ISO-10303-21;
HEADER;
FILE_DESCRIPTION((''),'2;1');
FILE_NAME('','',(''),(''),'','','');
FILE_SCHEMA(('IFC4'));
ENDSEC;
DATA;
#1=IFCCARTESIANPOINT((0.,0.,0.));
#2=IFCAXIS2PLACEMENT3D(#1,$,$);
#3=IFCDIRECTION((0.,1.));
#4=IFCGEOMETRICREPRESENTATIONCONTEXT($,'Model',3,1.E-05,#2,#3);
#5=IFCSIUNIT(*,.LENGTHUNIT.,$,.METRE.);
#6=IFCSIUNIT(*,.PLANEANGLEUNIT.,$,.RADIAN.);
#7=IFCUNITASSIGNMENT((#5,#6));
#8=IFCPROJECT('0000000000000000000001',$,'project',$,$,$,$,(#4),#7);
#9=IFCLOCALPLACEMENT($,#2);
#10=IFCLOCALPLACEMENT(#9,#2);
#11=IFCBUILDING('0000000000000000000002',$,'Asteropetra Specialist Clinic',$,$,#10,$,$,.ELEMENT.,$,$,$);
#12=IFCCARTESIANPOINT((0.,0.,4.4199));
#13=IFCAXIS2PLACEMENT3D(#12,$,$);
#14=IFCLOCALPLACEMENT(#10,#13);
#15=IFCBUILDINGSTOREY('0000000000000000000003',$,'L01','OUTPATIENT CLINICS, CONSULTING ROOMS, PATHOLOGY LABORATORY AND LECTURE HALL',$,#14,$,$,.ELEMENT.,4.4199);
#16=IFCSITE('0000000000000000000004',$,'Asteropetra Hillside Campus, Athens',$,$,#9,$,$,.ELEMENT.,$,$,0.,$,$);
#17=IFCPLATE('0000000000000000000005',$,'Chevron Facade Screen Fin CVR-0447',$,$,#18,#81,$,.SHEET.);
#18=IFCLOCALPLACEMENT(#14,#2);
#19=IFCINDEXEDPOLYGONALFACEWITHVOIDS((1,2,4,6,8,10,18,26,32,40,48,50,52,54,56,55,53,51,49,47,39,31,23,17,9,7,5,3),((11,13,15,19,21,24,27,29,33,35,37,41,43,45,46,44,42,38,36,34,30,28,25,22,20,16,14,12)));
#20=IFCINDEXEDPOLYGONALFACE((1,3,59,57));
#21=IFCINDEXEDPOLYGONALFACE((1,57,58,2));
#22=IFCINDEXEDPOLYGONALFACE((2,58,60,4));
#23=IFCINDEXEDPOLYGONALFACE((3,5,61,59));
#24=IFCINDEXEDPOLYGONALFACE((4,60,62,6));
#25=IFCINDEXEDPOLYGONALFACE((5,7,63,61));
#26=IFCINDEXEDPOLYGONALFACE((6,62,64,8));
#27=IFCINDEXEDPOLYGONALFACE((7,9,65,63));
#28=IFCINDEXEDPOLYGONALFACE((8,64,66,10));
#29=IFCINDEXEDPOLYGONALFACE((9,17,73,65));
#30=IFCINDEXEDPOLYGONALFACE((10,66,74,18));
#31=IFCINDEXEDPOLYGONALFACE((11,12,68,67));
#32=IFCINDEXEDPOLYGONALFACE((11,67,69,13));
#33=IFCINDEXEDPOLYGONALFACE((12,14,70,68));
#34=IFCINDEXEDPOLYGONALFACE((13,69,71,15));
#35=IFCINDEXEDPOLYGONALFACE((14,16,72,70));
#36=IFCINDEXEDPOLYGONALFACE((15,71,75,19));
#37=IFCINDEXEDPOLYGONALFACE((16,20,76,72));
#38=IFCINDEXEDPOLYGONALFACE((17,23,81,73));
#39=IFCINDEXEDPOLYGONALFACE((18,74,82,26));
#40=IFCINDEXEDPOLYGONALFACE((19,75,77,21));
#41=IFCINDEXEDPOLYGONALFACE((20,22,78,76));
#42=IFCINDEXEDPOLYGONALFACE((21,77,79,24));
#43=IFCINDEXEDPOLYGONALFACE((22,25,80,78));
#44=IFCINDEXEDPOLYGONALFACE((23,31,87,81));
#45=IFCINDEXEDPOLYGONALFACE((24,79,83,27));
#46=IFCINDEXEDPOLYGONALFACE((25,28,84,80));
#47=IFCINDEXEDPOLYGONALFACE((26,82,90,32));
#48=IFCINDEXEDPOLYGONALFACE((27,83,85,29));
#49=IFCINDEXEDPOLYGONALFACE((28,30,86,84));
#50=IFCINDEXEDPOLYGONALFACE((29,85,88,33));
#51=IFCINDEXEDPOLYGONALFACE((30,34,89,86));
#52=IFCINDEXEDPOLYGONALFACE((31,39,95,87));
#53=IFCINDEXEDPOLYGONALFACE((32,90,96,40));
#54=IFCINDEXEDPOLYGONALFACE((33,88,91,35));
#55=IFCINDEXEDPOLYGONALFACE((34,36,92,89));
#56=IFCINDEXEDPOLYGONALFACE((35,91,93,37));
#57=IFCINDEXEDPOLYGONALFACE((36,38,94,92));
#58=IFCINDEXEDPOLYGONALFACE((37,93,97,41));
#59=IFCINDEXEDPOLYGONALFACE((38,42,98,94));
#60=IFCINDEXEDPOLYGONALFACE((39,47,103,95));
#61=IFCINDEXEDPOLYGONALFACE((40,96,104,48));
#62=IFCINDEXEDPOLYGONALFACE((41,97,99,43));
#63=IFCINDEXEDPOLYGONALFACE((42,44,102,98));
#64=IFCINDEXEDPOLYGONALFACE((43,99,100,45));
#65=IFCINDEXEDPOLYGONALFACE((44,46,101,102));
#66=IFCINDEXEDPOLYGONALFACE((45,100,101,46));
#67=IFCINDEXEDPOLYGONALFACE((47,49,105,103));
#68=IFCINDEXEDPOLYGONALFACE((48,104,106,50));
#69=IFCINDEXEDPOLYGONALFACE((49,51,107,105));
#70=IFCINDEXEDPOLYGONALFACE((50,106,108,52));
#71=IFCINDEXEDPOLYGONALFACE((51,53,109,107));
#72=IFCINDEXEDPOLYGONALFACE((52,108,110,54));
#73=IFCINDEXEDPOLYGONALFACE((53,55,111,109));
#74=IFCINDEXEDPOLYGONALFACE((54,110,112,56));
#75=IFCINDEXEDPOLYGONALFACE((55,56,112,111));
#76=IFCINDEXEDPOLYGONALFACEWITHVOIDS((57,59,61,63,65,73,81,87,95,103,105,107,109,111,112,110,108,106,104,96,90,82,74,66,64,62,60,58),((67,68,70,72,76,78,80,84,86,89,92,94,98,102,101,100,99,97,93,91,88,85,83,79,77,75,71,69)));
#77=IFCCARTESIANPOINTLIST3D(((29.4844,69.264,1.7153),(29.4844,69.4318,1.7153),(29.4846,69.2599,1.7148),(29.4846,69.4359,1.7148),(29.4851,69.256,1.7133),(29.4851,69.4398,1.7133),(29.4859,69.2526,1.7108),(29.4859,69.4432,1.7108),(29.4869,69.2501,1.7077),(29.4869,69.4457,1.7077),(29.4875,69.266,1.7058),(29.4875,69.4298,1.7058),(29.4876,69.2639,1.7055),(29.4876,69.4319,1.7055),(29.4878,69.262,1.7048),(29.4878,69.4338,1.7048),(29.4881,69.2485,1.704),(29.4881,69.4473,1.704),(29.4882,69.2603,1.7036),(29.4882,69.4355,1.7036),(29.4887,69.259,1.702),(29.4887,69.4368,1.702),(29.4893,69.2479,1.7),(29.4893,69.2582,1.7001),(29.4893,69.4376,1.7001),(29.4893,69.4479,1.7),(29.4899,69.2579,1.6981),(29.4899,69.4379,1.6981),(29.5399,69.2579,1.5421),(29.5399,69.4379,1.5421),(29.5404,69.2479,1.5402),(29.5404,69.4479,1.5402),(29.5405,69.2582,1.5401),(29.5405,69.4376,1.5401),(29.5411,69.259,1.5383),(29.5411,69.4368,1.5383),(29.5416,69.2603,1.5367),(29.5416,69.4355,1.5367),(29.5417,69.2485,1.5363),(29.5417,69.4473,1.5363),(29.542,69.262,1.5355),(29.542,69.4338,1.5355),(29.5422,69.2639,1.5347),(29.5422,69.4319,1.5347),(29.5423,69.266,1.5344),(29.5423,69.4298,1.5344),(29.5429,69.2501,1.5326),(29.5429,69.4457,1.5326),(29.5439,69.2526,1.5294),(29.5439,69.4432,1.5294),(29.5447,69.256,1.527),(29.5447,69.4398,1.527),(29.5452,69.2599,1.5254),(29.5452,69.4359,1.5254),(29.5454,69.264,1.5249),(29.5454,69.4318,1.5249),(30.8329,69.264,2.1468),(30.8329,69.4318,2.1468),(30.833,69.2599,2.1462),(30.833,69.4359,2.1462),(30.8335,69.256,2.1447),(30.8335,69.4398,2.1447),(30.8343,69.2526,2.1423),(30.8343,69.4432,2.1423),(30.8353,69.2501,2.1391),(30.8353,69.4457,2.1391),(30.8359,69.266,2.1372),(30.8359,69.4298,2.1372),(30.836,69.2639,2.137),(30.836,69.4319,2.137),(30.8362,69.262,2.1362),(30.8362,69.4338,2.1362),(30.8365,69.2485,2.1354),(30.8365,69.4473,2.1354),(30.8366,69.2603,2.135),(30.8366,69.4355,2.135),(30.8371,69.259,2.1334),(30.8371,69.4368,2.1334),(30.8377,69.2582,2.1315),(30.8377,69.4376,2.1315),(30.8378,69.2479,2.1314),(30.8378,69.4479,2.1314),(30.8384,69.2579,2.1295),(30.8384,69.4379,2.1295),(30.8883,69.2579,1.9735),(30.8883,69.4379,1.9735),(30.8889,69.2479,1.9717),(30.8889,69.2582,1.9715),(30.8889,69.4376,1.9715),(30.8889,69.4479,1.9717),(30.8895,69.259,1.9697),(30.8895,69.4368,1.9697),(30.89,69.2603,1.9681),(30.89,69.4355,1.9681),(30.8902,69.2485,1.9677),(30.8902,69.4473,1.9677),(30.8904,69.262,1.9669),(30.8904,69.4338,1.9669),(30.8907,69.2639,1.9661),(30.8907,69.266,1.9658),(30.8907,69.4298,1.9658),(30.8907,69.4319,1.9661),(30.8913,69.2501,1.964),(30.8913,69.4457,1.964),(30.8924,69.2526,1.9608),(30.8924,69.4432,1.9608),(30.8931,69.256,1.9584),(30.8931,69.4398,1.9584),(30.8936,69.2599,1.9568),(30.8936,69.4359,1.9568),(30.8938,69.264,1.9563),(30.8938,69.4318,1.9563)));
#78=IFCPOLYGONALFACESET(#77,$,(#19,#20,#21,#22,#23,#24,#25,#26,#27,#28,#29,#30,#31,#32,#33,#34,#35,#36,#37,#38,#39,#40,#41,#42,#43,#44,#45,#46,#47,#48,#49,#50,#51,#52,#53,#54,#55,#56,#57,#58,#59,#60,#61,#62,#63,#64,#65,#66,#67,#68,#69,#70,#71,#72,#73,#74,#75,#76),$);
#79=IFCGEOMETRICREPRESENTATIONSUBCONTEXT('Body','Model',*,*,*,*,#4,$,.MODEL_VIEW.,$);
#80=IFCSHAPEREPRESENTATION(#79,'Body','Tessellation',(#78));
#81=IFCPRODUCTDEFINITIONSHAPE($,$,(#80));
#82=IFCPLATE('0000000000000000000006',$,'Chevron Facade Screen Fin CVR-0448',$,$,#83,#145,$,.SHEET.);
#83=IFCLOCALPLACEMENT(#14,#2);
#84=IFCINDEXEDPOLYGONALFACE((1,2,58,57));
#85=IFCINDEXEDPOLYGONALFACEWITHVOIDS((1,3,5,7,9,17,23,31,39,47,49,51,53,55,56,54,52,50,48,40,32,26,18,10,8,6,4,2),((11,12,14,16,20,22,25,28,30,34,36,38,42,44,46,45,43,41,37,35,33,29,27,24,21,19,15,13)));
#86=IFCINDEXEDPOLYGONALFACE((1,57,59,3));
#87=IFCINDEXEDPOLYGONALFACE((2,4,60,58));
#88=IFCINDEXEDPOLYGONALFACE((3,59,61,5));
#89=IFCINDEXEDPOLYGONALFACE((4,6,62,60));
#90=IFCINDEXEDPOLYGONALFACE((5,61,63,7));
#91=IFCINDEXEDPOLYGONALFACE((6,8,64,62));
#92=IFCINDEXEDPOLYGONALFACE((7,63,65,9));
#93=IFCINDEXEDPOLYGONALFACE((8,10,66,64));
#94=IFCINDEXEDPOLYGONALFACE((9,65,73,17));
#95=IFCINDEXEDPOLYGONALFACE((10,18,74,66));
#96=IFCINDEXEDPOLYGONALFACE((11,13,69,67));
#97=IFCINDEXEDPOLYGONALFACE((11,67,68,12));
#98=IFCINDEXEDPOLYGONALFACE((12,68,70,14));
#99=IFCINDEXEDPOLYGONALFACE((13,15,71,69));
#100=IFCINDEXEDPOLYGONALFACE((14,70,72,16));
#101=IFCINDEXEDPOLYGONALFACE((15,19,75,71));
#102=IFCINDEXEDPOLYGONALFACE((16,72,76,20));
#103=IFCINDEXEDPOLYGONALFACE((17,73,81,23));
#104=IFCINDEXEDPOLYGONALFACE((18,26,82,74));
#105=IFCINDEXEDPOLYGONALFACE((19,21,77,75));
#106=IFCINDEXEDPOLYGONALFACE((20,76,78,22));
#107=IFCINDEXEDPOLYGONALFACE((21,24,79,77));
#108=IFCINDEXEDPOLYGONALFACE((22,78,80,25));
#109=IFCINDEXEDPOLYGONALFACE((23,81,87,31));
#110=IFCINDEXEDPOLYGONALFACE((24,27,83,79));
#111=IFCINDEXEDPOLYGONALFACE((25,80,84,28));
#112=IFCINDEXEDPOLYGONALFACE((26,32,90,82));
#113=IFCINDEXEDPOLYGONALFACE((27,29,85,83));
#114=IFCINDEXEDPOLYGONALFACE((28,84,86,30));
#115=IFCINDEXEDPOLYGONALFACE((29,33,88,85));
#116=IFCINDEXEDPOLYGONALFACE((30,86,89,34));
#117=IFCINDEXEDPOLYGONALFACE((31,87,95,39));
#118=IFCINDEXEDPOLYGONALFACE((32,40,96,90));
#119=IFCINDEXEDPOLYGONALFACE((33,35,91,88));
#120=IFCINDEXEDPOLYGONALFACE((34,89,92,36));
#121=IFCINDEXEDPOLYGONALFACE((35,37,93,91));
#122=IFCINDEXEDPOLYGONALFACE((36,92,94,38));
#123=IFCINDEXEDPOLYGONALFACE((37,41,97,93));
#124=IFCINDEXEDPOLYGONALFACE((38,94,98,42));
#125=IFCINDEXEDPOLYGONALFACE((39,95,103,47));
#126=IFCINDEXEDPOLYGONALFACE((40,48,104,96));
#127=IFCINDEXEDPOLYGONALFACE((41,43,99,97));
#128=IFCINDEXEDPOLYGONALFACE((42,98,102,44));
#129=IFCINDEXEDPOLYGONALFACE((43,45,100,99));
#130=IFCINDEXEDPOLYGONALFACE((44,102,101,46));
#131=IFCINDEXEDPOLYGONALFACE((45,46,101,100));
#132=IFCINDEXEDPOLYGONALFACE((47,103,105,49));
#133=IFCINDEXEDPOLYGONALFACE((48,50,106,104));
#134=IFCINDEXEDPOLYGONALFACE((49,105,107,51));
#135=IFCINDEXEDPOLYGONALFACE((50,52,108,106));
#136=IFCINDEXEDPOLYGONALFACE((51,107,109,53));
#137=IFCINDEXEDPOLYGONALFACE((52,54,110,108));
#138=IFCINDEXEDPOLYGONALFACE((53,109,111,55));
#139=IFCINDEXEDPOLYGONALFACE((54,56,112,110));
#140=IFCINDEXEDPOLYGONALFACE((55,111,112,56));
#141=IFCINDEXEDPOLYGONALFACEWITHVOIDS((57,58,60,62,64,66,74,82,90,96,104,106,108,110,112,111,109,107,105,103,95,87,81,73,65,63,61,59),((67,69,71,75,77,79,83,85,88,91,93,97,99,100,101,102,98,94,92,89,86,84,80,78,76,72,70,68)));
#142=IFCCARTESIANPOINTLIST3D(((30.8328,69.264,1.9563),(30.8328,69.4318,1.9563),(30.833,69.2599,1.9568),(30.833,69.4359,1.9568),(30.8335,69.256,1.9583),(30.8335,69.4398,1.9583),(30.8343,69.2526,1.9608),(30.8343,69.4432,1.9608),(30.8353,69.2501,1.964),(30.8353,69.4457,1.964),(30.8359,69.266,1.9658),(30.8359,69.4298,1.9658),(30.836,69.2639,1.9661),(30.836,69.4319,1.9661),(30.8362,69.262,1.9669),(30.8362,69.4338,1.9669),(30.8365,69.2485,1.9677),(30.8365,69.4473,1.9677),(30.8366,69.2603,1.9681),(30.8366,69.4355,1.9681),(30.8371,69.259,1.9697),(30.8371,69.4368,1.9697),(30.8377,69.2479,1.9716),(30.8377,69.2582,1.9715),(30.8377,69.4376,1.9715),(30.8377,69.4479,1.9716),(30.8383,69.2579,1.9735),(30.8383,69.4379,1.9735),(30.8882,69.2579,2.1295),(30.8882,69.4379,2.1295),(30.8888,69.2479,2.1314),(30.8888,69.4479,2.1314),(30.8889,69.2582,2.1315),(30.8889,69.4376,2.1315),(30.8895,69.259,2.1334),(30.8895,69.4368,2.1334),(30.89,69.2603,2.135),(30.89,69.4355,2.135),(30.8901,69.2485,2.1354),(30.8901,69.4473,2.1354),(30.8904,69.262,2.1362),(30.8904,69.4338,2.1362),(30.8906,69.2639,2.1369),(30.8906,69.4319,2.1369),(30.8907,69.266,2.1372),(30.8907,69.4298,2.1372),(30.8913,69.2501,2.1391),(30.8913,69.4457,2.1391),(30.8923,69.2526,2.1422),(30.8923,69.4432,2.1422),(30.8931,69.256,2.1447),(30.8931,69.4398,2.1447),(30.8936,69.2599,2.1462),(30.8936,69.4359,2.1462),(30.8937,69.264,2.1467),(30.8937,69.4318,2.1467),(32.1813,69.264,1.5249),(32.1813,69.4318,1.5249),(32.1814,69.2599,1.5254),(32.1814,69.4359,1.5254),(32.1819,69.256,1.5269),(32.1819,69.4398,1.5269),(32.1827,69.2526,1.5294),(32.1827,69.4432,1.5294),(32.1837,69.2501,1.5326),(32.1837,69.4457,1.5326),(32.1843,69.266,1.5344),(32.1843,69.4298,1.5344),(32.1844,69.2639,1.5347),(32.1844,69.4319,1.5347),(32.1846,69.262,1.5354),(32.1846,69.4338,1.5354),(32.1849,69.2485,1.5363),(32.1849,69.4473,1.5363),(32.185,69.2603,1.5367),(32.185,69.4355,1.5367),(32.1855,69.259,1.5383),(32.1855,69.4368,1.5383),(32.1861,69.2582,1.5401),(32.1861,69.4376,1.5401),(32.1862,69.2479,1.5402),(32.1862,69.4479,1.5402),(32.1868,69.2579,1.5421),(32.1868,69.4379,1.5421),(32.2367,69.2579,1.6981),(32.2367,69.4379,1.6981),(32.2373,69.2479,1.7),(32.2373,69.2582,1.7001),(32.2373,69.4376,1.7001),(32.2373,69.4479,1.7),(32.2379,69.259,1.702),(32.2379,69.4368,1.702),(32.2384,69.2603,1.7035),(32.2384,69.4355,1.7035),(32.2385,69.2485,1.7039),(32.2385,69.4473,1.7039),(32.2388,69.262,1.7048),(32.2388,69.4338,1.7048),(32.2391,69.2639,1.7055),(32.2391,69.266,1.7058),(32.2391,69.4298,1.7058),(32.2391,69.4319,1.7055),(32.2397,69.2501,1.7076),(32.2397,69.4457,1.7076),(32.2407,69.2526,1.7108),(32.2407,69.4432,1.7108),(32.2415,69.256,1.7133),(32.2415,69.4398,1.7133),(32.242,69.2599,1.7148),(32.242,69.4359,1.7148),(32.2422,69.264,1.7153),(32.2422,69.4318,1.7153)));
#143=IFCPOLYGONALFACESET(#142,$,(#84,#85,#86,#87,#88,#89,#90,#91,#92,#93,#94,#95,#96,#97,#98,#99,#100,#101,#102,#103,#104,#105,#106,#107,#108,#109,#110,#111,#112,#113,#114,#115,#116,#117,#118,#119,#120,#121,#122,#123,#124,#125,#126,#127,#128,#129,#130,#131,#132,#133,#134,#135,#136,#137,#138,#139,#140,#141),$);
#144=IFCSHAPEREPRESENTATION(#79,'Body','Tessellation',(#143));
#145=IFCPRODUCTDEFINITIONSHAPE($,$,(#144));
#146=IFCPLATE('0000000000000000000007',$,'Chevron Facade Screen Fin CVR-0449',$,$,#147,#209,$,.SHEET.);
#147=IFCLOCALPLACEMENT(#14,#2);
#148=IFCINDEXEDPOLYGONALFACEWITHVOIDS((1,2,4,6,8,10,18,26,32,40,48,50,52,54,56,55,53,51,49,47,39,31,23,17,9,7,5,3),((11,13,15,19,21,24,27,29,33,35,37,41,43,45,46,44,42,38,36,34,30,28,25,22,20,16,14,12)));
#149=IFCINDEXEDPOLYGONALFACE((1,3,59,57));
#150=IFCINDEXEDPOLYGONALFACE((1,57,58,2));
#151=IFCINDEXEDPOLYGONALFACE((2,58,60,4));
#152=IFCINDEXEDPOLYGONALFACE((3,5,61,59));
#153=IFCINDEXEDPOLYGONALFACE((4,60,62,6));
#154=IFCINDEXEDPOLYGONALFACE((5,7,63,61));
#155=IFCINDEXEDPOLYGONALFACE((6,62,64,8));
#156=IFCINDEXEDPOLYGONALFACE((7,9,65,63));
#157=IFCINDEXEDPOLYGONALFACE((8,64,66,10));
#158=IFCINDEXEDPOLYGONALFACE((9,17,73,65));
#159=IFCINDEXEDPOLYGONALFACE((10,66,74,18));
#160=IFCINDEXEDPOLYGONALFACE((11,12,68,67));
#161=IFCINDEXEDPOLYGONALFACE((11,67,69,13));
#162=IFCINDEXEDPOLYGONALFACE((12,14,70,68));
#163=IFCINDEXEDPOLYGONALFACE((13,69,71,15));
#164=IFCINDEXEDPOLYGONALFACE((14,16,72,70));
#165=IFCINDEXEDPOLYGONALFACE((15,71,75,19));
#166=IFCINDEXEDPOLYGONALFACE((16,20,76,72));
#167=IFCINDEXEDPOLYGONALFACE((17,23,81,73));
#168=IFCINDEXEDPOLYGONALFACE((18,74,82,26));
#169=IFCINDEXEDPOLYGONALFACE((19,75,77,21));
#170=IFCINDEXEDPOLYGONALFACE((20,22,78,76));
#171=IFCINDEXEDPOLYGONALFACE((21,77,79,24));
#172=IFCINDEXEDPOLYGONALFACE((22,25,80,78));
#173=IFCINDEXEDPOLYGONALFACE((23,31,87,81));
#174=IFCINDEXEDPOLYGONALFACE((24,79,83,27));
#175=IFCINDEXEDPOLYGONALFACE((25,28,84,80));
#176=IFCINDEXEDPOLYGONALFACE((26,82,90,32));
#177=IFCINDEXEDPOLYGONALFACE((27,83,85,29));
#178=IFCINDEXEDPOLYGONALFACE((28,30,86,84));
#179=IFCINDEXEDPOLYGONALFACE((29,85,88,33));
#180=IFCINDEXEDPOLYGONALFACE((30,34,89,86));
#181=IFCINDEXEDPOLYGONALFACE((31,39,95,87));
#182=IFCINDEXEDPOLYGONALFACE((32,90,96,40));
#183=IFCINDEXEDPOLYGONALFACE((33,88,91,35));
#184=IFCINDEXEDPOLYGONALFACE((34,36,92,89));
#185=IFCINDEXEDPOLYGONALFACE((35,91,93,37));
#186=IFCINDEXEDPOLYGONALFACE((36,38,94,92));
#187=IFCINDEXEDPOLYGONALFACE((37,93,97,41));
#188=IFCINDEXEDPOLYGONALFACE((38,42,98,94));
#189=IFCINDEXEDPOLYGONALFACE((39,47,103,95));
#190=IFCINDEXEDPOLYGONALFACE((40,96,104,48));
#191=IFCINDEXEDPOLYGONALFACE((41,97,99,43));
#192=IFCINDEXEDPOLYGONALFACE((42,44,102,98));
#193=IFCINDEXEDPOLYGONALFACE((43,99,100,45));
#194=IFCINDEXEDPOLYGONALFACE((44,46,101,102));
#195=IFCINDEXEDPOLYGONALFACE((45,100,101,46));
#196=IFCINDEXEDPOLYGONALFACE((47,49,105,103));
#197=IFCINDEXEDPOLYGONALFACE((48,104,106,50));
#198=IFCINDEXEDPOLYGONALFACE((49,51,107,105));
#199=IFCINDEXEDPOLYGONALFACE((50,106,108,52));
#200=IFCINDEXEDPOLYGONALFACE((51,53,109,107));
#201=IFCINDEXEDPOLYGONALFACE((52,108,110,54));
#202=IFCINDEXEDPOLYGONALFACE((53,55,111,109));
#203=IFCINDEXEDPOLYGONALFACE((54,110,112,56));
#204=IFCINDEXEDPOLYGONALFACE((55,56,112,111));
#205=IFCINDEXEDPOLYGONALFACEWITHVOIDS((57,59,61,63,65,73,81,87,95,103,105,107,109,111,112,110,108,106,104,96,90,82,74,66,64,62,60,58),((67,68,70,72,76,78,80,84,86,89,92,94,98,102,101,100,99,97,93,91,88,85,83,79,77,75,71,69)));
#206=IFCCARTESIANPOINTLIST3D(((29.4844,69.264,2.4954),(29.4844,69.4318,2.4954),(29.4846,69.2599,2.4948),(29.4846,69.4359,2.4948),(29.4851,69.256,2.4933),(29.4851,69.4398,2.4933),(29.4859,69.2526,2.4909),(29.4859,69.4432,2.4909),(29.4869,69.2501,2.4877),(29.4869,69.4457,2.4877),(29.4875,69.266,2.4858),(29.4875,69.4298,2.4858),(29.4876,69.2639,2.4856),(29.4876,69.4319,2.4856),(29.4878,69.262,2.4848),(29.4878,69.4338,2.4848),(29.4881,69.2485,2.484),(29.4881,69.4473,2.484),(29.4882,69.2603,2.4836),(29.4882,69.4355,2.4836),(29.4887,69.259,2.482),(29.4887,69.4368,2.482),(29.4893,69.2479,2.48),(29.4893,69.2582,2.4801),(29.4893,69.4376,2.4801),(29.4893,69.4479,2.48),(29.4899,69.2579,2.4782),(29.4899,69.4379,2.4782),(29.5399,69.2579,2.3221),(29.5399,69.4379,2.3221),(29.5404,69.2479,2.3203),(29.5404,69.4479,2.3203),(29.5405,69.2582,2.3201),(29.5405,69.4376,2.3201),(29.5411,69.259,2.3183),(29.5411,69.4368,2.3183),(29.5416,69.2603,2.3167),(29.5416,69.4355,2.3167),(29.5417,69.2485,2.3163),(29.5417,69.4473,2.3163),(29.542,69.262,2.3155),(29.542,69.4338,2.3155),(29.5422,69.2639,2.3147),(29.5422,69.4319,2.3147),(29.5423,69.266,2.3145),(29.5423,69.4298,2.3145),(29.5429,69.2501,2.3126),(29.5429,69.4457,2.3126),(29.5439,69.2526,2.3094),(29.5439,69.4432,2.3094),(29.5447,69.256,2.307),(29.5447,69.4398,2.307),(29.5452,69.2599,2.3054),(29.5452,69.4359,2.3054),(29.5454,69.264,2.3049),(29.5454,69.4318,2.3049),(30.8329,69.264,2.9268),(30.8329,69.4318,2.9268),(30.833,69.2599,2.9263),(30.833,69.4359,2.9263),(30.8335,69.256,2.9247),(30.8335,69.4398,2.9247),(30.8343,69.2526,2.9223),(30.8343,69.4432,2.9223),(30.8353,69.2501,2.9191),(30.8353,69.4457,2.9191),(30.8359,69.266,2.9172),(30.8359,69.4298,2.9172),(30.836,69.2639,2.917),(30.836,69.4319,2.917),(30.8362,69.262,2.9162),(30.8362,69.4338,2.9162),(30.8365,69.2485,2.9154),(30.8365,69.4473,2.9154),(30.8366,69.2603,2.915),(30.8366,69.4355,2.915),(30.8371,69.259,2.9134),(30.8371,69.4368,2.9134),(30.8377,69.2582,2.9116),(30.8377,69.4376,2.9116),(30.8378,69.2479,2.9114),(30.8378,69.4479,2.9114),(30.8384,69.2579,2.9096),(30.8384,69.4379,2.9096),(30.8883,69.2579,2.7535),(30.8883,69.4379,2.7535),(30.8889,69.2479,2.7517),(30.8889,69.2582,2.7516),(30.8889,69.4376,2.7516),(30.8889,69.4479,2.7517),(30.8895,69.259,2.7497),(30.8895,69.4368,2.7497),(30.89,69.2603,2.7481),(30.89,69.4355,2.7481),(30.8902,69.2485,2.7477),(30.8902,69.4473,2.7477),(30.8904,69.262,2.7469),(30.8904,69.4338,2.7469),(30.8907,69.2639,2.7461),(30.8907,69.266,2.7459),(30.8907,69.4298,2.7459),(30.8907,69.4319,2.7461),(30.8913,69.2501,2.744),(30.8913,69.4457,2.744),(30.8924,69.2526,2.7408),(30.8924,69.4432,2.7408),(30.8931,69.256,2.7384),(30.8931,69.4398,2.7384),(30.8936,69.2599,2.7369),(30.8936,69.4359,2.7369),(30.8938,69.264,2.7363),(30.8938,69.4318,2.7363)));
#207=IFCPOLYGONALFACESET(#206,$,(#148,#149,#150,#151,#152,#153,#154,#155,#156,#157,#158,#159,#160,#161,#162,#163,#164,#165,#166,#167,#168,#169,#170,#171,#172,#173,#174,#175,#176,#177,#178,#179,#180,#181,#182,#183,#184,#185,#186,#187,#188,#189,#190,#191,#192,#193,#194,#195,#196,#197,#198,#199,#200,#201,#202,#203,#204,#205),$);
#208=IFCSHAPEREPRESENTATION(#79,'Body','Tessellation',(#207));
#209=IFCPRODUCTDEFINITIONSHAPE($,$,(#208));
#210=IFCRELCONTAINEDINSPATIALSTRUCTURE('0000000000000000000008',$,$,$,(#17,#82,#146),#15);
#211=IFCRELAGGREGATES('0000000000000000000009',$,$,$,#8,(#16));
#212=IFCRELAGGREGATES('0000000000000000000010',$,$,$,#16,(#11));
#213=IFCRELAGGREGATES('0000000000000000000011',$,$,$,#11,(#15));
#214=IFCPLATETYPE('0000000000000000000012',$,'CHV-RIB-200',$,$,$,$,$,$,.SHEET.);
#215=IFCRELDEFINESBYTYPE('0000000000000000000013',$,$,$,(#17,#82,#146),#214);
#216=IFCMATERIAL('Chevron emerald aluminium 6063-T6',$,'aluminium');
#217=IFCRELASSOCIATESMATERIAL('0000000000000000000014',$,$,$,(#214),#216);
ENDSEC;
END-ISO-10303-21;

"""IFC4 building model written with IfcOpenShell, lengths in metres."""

from ifc_helpers import new_model, si_unit, direction, frame, origin, origin_2d, place, context, subcontext, project, spatial, hollow_rectangle, extrude, material, material_profile, profile_set, type_object, element, save


model = new_model("IFC4")

# Units and contexts
model_context = context("Model", 3, precision=1e-05, world=origin(), true_north=direction((0.0, 1.0)))
body_context = subcontext(model_context, "Body", "Model", "MODEL_VIEW")
ifc_project = project(units=[si_unit("LENGTHUNIT", "METRE"), si_unit("PLANEANGLEUNIT", "RADIAN")], contexts=[model_context])

# Site, building, storey
site_placement = place(None, origin())
site = spatial("IfcSite", under=ifc_project, at=site_placement, Name="Asteropetra Hillside Campus, Athens", CompositionType="ELEMENT", RefElevation=0.0)
building_placement = place(site_placement, origin())
building = spatial("IfcBuilding", under=site, at=building_placement, Name="Asteropetra Specialist Clinic", CompositionType="ELEMENT")
storey_placement = place(building_placement, frame((0.0, 0.0, 4.4199)))
storey = spatial("IfcBuildingStorey", under=building, at=storey_placement, Name="L01", Description="OUTPATIENT CLINICS, CONSULTING ROOMS, PATHOLOGY LABORATORY AND LECTURE HALL", CompositionType="ELEMENT", Elevation=4.4199)

# Plates
ifc_material_1 = material(Name="Chevron emerald aluminium 6063-T6", Category="aluminium")
ifc_material_profile = material_profile(ifc_material_1, hollow_rectangle(XDim=0.2, YDim=0.2, WallThickness=0.01, InnerFilletRadius=0.0081, OuterFilletRadius=0.0161, at=origin_2d()), Name="SHS 200x200x10.0")
ifc_profile_set = profile_set([ifc_material_profile], Name="Chevron emerald aluminium 6063-T6")
plate_type = type_object("IfcPlateType", Name="CHV-RIB-200", PredefinedType="SHEET", material=ifc_profile_set)
for number, where, z_axis, x_axis, name in (
    (1, (29.5149, 69.3479, 1.6201), (0.952442, 0.0, 0.304719), (0.0, 1.0, 0.0), "Chevron Facade Screen Fin CVR-0447"),
    (2, (30.8633, 69.3479, 2.0515), (0.952442, 0.0, -0.304719), (0.0, 1.0, 0.0), "Chevron Facade Screen Fin CVR-0448"),
    (3, (29.5149, 69.3479, 2.4001), (0.952442, 0.0, 0.304719), (0.0, 1.0, 0.0), "Chevron Facade Screen Fin CVR-0449"),
):
    element("IfcPlate", number, at=place(storey_placement, frame(where, z_axis=z_axis, x_axis=x_axis)), inside=storey, type_object=plate_type, Name=name, PredefinedType="SHEET", context=body_context, shape_type="SweptSolid", body=[
        extrude(hollow_rectangle(XDim=0.2, YDim=0.2, WallThickness=0.01, InnerFilletRadius=0.0081, OuterFilletRadius=0.0161, at=origin_2d()), origin(), (0.0, 0.0, 1.0), 1.4158),
    ])

save(model, "model.ifc")
